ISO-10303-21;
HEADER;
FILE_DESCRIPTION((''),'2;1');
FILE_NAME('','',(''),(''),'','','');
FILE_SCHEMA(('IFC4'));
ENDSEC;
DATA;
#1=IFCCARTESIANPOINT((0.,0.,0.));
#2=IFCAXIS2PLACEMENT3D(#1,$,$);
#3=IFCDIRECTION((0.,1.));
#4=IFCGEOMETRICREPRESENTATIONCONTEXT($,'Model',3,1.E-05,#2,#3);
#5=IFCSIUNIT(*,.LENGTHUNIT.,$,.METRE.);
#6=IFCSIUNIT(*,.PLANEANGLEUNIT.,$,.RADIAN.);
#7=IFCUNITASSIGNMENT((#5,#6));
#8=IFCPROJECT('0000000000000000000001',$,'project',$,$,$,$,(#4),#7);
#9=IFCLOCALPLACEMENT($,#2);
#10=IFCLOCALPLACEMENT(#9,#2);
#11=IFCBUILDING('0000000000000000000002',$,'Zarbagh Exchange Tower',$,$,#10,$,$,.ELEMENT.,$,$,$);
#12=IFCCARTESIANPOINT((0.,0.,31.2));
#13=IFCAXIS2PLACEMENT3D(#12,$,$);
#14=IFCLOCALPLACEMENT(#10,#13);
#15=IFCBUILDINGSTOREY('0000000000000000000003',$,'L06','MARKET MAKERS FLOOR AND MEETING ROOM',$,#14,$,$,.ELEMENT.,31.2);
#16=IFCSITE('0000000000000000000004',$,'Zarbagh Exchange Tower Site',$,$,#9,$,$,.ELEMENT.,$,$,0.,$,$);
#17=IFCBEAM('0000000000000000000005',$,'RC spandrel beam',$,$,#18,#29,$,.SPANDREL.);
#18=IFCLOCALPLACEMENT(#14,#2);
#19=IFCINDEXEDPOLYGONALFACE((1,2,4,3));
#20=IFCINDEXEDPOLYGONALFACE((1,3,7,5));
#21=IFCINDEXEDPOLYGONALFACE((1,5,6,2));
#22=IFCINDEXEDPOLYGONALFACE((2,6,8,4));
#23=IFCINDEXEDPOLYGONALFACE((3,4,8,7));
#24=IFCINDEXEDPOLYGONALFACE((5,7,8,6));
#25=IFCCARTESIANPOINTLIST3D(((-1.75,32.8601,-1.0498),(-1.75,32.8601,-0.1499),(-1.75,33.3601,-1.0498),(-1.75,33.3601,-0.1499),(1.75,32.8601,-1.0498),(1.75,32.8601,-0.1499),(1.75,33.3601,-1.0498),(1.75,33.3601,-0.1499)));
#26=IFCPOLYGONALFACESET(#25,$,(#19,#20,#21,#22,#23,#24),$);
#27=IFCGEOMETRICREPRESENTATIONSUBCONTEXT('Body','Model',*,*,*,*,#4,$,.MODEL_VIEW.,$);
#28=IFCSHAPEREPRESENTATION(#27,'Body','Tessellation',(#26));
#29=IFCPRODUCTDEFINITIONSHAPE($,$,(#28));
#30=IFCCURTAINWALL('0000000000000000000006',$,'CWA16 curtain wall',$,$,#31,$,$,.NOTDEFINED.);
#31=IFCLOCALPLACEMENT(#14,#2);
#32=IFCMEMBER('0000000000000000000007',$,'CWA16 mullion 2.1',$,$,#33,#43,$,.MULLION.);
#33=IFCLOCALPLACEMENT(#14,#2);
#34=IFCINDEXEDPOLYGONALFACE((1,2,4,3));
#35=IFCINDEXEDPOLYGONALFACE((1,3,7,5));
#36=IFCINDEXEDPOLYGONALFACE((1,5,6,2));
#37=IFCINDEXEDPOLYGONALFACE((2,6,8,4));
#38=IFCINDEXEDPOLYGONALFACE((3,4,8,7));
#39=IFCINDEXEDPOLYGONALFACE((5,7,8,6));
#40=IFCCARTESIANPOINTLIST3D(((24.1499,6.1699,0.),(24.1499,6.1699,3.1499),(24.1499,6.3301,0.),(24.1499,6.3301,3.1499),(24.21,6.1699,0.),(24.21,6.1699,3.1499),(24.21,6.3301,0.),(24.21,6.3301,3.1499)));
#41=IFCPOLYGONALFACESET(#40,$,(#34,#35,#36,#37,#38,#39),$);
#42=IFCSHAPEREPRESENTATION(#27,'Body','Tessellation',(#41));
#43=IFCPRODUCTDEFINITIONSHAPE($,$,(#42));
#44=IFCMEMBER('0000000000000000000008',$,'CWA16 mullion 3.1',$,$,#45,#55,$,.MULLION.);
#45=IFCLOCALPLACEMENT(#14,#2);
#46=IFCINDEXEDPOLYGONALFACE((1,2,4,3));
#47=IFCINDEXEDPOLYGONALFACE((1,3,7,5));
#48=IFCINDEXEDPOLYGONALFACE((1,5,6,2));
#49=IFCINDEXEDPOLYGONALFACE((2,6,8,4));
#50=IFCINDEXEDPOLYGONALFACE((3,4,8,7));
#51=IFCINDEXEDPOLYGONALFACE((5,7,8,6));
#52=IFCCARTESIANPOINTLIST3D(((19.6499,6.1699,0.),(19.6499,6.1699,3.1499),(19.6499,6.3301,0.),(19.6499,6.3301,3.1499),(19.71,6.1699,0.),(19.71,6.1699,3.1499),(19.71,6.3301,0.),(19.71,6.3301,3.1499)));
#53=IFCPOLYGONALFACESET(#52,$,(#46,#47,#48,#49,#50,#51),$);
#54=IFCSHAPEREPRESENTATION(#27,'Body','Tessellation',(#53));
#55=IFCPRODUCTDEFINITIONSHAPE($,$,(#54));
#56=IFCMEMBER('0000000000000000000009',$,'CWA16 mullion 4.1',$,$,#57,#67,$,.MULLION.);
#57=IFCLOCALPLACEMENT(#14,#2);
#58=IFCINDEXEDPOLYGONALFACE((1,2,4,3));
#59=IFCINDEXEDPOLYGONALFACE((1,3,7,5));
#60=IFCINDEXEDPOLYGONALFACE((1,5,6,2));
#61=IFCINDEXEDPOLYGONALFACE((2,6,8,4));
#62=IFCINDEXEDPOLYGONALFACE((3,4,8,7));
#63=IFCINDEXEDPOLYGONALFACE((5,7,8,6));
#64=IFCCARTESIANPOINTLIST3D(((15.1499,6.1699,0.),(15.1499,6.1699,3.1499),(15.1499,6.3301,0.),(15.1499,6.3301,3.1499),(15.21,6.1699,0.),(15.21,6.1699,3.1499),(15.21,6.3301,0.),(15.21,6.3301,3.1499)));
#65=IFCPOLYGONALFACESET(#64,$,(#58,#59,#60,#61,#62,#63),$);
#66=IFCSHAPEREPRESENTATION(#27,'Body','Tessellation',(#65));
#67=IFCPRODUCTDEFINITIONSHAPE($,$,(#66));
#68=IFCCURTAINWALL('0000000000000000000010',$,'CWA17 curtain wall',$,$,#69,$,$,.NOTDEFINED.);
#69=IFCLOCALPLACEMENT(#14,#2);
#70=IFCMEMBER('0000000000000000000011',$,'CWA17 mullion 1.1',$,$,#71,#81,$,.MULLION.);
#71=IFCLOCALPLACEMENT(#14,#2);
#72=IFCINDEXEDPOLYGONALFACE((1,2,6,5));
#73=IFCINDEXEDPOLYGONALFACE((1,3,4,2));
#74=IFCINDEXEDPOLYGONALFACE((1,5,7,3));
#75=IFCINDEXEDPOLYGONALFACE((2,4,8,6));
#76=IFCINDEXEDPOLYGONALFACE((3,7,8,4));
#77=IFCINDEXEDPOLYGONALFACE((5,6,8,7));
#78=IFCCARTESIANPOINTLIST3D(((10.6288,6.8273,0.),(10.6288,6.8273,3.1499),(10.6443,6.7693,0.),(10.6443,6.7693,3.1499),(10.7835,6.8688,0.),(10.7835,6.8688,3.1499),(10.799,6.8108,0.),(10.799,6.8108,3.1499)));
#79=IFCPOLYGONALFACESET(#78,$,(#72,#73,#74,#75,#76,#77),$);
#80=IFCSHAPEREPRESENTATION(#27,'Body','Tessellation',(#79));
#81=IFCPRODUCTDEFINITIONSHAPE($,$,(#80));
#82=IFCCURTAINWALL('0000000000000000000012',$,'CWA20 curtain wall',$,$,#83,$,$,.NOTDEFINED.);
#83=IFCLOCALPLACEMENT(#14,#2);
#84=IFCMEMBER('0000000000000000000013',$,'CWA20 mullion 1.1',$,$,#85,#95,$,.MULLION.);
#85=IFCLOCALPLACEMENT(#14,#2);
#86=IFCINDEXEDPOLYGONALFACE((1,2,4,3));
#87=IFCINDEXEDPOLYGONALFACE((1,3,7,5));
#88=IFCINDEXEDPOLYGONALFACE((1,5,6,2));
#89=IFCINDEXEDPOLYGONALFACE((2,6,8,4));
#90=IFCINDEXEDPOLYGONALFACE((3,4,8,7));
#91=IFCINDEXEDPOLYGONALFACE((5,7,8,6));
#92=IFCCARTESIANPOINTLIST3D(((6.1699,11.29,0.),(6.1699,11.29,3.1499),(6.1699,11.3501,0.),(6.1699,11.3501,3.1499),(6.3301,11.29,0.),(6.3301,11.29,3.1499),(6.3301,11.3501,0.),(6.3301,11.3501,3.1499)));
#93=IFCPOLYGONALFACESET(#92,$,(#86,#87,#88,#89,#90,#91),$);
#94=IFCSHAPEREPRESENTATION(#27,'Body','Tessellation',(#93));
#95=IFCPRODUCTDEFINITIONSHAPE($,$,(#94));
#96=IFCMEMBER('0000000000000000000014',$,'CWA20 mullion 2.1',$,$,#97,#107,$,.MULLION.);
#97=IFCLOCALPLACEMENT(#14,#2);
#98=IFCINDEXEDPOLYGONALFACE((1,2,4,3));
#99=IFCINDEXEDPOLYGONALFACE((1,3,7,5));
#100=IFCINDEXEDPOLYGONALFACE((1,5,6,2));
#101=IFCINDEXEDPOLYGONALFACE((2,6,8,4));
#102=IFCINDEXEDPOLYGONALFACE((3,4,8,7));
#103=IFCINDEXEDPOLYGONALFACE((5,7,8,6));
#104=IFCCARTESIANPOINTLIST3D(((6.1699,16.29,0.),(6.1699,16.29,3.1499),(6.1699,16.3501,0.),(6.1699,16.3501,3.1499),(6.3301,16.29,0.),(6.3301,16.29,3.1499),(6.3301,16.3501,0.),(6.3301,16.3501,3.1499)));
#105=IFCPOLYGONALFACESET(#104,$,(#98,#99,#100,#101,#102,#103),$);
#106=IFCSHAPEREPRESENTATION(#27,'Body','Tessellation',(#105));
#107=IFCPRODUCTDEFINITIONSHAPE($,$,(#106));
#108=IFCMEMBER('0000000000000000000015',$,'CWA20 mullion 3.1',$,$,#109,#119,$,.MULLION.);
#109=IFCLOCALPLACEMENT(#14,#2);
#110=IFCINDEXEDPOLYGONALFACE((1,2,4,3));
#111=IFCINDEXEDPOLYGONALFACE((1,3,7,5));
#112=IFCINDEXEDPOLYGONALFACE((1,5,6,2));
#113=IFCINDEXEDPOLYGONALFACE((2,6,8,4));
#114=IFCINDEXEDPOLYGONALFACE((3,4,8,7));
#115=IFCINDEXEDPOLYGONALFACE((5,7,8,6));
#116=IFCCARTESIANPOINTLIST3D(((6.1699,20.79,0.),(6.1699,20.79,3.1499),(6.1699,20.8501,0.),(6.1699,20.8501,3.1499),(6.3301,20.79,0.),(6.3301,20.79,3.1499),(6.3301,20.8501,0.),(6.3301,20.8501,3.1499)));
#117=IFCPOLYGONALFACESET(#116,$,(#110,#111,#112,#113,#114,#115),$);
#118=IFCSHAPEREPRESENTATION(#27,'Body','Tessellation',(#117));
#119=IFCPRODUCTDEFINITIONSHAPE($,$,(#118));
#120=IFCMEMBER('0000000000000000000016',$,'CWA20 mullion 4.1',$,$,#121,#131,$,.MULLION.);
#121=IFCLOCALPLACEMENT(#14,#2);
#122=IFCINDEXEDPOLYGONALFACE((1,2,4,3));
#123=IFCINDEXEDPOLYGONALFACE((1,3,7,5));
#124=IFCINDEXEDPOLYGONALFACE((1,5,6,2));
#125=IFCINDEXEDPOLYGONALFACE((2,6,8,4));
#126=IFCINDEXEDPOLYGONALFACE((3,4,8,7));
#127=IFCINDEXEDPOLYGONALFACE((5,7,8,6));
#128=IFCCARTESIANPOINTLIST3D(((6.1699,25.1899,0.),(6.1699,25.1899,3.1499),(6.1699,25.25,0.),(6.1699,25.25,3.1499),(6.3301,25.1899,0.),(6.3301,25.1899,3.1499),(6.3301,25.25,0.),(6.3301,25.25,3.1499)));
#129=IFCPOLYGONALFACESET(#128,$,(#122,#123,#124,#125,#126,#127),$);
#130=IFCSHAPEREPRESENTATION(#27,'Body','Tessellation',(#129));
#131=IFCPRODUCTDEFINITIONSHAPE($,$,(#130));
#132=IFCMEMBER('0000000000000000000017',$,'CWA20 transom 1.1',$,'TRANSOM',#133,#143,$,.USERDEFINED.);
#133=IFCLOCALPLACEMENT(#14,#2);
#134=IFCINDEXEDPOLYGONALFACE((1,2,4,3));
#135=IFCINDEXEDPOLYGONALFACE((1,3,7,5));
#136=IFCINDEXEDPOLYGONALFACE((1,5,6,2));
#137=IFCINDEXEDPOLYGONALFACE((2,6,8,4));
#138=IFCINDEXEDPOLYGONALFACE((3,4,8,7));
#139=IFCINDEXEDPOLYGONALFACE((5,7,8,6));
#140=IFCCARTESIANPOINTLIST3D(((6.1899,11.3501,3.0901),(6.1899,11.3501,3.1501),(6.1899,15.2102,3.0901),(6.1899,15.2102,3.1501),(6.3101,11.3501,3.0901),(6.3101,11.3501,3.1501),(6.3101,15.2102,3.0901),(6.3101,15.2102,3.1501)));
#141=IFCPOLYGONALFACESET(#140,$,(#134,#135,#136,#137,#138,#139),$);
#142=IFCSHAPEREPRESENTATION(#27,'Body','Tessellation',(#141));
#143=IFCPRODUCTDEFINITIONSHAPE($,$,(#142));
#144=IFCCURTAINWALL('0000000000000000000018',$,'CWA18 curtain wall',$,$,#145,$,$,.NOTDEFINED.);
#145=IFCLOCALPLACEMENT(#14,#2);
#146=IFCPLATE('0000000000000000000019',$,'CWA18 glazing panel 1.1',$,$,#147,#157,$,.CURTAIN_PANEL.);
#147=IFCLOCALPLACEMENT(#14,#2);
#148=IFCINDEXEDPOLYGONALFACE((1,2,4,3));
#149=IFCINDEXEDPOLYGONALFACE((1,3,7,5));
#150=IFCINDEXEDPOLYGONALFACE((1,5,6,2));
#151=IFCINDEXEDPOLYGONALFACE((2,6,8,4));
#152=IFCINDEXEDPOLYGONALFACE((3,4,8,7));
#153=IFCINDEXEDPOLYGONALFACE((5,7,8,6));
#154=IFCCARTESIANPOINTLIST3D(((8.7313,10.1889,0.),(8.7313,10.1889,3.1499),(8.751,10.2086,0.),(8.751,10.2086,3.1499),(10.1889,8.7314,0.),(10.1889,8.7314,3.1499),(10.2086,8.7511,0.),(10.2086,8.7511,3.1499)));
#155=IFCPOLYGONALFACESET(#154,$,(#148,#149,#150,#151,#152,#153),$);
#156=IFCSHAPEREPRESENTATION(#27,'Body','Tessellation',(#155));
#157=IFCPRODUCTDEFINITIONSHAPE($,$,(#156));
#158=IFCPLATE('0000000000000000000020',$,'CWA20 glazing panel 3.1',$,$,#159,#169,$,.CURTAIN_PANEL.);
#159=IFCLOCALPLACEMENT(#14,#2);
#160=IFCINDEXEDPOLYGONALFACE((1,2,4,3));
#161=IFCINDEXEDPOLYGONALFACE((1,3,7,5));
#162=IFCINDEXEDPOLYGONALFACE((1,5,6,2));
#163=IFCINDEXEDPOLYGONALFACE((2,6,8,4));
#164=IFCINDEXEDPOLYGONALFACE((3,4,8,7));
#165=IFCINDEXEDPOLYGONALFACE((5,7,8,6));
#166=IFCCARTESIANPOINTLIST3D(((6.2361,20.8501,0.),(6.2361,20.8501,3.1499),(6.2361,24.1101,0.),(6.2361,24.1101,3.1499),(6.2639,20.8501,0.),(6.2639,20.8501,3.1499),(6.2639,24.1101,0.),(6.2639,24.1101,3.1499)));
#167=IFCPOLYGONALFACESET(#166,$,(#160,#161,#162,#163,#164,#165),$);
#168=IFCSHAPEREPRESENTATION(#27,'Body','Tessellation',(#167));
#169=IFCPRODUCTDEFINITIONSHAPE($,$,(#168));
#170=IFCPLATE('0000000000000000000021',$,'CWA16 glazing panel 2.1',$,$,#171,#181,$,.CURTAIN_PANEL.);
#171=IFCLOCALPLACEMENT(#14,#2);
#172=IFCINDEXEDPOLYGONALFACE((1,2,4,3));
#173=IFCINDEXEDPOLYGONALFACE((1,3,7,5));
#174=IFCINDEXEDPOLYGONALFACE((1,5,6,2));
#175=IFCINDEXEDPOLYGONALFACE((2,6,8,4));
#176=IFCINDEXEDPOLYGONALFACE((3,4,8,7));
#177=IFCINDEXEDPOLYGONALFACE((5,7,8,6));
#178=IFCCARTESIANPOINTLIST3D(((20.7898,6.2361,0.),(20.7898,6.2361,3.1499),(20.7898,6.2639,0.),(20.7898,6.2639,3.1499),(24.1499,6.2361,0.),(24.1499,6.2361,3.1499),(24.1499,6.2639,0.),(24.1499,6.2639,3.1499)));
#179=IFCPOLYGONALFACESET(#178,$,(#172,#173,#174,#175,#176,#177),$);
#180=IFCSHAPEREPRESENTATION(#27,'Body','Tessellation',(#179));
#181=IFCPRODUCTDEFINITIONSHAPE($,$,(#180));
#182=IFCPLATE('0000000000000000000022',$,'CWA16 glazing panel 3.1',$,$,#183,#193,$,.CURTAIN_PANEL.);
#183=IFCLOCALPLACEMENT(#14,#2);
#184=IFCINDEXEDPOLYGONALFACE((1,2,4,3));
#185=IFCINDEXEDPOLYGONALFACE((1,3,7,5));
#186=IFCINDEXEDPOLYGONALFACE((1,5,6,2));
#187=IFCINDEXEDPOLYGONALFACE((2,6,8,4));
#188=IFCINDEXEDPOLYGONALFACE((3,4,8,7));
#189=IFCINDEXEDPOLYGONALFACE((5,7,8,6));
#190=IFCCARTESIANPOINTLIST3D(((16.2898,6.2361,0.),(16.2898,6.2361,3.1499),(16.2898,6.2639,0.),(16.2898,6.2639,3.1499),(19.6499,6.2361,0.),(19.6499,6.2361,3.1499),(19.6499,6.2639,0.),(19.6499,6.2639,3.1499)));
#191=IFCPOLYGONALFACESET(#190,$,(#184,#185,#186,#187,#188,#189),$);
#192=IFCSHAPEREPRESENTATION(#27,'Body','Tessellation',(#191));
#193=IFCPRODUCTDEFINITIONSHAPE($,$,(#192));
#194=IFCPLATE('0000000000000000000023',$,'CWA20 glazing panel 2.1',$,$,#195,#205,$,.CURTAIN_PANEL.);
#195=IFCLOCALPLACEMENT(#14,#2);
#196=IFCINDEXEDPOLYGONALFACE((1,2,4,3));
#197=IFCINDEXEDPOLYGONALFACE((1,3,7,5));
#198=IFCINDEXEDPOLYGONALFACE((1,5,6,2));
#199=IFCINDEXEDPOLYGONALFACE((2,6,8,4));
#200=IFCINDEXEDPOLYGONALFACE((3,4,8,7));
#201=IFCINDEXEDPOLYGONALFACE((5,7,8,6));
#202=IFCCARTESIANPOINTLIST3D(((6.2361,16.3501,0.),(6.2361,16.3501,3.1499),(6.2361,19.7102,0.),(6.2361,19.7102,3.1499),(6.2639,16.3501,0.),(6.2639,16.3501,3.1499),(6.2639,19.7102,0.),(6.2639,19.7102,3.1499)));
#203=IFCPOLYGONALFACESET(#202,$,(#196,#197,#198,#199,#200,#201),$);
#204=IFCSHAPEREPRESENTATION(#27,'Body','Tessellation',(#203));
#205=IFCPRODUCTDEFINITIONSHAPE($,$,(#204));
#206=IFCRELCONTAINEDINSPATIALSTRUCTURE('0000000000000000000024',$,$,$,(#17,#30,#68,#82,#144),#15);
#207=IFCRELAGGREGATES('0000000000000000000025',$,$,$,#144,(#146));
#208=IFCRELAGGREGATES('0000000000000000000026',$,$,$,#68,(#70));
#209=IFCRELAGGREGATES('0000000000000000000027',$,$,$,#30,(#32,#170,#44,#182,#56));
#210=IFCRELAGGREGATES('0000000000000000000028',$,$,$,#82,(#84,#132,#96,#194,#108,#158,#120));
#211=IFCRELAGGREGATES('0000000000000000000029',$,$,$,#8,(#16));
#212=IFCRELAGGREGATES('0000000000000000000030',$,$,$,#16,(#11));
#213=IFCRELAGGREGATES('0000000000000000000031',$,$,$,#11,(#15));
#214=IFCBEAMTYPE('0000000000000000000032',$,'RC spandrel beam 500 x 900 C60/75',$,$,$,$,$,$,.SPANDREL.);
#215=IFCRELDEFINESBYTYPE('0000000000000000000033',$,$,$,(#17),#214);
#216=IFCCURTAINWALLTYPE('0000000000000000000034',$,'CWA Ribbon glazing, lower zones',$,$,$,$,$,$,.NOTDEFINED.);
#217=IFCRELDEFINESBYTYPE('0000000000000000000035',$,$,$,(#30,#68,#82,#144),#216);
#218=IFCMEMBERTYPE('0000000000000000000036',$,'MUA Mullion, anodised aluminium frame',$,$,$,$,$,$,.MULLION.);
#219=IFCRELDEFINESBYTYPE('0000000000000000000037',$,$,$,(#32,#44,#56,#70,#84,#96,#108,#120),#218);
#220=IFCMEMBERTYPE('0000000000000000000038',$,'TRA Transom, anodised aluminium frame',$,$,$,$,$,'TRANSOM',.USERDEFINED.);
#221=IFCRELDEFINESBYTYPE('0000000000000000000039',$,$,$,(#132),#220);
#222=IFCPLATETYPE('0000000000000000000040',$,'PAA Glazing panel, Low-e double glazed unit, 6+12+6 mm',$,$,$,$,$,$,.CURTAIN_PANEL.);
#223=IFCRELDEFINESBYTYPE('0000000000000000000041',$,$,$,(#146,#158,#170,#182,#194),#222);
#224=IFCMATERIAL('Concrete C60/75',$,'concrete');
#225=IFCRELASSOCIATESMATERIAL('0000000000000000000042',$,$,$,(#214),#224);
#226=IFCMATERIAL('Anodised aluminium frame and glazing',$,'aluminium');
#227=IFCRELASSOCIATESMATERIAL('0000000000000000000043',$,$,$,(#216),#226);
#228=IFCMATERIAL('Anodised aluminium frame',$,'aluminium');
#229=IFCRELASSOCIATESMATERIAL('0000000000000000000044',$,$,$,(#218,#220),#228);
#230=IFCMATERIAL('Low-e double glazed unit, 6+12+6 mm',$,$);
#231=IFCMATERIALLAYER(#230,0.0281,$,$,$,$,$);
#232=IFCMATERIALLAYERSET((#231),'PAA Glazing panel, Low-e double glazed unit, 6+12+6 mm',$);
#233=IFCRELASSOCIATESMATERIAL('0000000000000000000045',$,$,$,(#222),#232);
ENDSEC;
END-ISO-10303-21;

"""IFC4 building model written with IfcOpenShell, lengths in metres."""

from ifc_helpers import new_model, si_unit, direction, frame, origin, origin_2d, place, context, subcontext, project, spatial, polyline, rectangle, outline, extrude, source, transform, mapped, material, layer, layer_set, material_profile, profile_set, type_object, element, aggregate, save


model = new_model("IFC4")

# Units and contexts
model_context = context("Model", 3, precision=1e-05, world=origin(), true_north=direction((0.0, 1.0)))
body_context = subcontext(model_context, "Body", "Model", "MODEL_VIEW")
ifc_project = project(units=[si_unit("LENGTHUNIT", "METRE"), si_unit("PLANEANGLEUNIT", "RADIAN")], contexts=[model_context])

# Site, building, storey
site_placement = place(None, origin())
site = spatial("IfcSite", under=ifc_project, at=site_placement, Name="Zarbagh Exchange Tower Site", CompositionType="ELEMENT", RefElevation=0.0)
building_placement = place(site_placement, origin())
building = spatial("IfcBuilding", under=site, at=building_placement, Name="Zarbagh Exchange Tower", CompositionType="ELEMENT")
storey_placement = place(building_placement, frame((0.0, 0.0, 31.2)))
storey = spatial("IfcBuildingStorey", under=building, at=storey_placement, Name="L06", Description="MARKET MAKERS FLOOR AND MEETING ROOM", CompositionType="ELEMENT", Elevation=31.2)

# Beam
ifc_material_1 = material(Name="Concrete C60/75", Category="concrete")
ifc_material_profile = material_profile(ifc_material_1, rectangle(XDim=0.5, YDim=0.8999, at=origin_2d()), Name="RC spandrel beam 500 x 900 C60/75")
ifc_profile_set = profile_set([ifc_material_profile], Name="Concrete C60/75")
beam_type = type_object("IfcBeamType", Name="RC spandrel beam 500 x 900 C60/75", PredefinedType="SPANDREL", material=ifc_profile_set)
beam_placement = place(storey_placement, frame((-1.75, 33.1101, -0.5999), z_axis=(1.0, 0.0, 0.0), x_axis=(0.0, 1.0, 0.0)))
element("IfcBeam", 1, at=beam_placement, inside=storey, type_object=beam_type, Name="RC spandrel beam", PredefinedType="SPANDREL", context=body_context, shape_type="SweptSolid", body=[
    extrude(rectangle(XDim=0.5, YDim=0.8999, at=origin_2d()), origin(), (0.0, 0.0, 1.0), 3.5),
])

# Curtain wall, members
ifc_material_2 = material(Name="Anodised aluminium frame and glazing", Category="aluminium")
curtain_wall_type = type_object("IfcCurtainWallType", Name="CWA Ribbon glazing, lower zones", PredefinedType="NOTDEFINED", material=ifc_material_2)
curtain_wall_1_placement = place(storey_placement, origin())
curtain_wall_1 = element("IfcCurtainWall", 2, at=curtain_wall_1_placement, inside=storey, type_object=curtain_wall_type, Name="CWA16 curtain wall", PredefinedType="NOTDEFINED")
ifc_material_3 = material(Name="Anodised aluminium frame", Category="aluminium")
member_type_1 = type_object("IfcMemberType", Name="MUA Mullion, anodised aluminium frame", PredefinedType="MULLION", material=ifc_material_3)
shared_shape_1 = source(origin(), body_context, "Body", "SweptSolid", [
    extrude(outline(polyline([(0.0, -0.0801), (0.0601, -0.0801), (0.0601, 0.0801), (0.0, 0.0801), (0.0, -0.0801)])), origin(), (0.0, 0.0, 1.0), 3.1499),
])
placement = place(storey_placement, origin())
member_1 = element("IfcMember", 3, at=placement, type_object=member_type_1, Name="CWA16 mullion 2.1", PredefinedType="MULLION", context=body_context, shape_type="MappedRepresentation", body=[
    mapped(shared_shape_1, transform((24.21, 6.25, 0.0), x_axis=(-1.0, 0.0, 0.0), y_axis=(0.0, -1.0, 0.0), z_axis=(0.0, 0.0, 1.0))),
])
member_2 = element("IfcMember", 4, at=placement, type_object=member_type_1, Name="CWA16 mullion 3.1", PredefinedType="MULLION", context=body_context, shape_type="MappedRepresentation", body=[
    mapped(shared_shape_1, transform((19.71, 6.25, 0.0), x_axis=(-1.0, 0.0, 0.0), y_axis=(0.0, -1.0, 0.0), z_axis=(0.0, 0.0, 1.0))),
])
member_3 = element("IfcMember", 5, at=placement, type_object=member_type_1, Name="CWA16 mullion 4.1", PredefinedType="MULLION", context=body_context, shape_type="MappedRepresentation", body=[
    mapped(shared_shape_1, transform((15.21, 6.25, 0.0), x_axis=(-1.0, 0.0, 0.0), y_axis=(0.0, -1.0, 0.0), z_axis=(0.0, 0.0, 1.0))),
])

# Curtain wall, member
curtain_wall_2_placement = place(storey_placement, origin())
curtain_wall_2 = element("IfcCurtainWall", 6, at=curtain_wall_2_placement, inside=storey, type_object=curtain_wall_type, Name="CWA17 curtain wall", PredefinedType="NOTDEFINED")
member_4 = element("IfcMember", 7, at=placement, type_object=member_type_1, Name="CWA17 mullion 1.1", PredefinedType="MULLION", context=body_context, shape_type="MappedRepresentation", body=[
    mapped(shared_shape_1, transform((10.7217, 6.79, 0.0), x_axis=(-0.258825, 0.965924, 0.0), y_axis=(-0.965924, -0.258825, 0.0), z_axis=(0.0, 0.0, 1.0))),
])

# Curtain wall, members
curtain_wall_3_placement = place(storey_placement, origin())
curtain_wall_3 = element("IfcCurtainWall", 8, at=curtain_wall_3_placement, inside=storey, type_object=curtain_wall_type, Name="CWA20 curtain wall", PredefinedType="NOTDEFINED")
member_5 = element("IfcMember", 9, at=placement, type_object=member_type_1, Name="CWA20 mullion 1.1", PredefinedType="MULLION", context=body_context, shape_type="MappedRepresentation", body=[
    mapped(shared_shape_1, transform((6.25, 11.29, 0.0), x_axis=(0.0, 1.0, 0.0), y_axis=(-1.0, 0.0, 0.0), z_axis=(0.0, 0.0, 1.0))),
])
member_6 = element("IfcMember", 10, at=placement, type_object=member_type_1, Name="CWA20 mullion 2.1", PredefinedType="MULLION", context=body_context, shape_type="MappedRepresentation", body=[
    mapped(shared_shape_1, transform((6.25, 16.29, 0.0), x_axis=(0.0, 1.0, 0.0), y_axis=(-1.0, 0.0, 0.0), z_axis=(0.0, 0.0, 1.0))),
])
member_7 = element("IfcMember", 11, at=placement, type_object=member_type_1, Name="CWA20 mullion 3.1", PredefinedType="MULLION", context=body_context, shape_type="MappedRepresentation", body=[
    mapped(shared_shape_1, transform((6.25, 20.79, 0.0), x_axis=(0.0, 1.0, 0.0), y_axis=(-1.0, 0.0, 0.0), z_axis=(0.0, 0.0, 1.0))),
])
member_8 = element("IfcMember", 12, at=placement, type_object=member_type_1, Name="CWA20 mullion 4.1", PredefinedType="MULLION", context=body_context, shape_type="MappedRepresentation", body=[
    mapped(shared_shape_1, transform((6.25, 25.1899, 0.0), x_axis=(0.0, 1.0, 0.0), y_axis=(-1.0, 0.0, 0.0), z_axis=(0.0, 0.0, 1.0))),
])
member_type_2 = type_object("IfcMemberType", Name="TRA Transom, anodised aluminium frame", ElementType="TRANSOM", PredefinedType="USERDEFINED", material=ifc_material_3)
shared_shape_2 = source(origin(), body_context, "Body", "SweptSolid", [
    extrude(outline(polyline([(-0.0601, -0.0601), (0.0, -0.0601), (0.0, 0.0601), (-0.0601, 0.0601), (-0.0601, -0.0601)])), origin(), (0.0, 0.0, 1.0), 3.8601),
])
member_9 = element("IfcMember", 13, at=placement, type_object=member_type_2, Name="CWA20 transom 1.1", ObjectType="TRANSOM", PredefinedType="USERDEFINED", context=body_context, shape_type="MappedRepresentation", body=[
    mapped(shared_shape_2, transform((6.25, 11.3501, 3.1501), x_axis=(0.0, 0.0, 1.0), y_axis=(1.0, 0.0, 0.0), z_axis=(0.0, 1.0, 0.0))),
])

# Curtain wall, plate
curtain_wall_4_placement = place(storey_placement, origin())
curtain_wall_4 = element("IfcCurtainWall", 14, at=curtain_wall_4_placement, inside=storey, type_object=curtain_wall_type, Name="CWA18 curtain wall", PredefinedType="NOTDEFINED")
ifc_material_4 = material(Name="Low-e double glazed unit, 6+12+6 mm")
ifc_layer_1 = layer(ifc_material_4, 0.0281)
ifc_layer_set_1 = layer_set([ifc_layer_1], Name="PAA Glazing panel, Low-e double glazed unit, 6+12+6 mm")
plate_type = type_object("IfcPlateType", Name="PAA Glazing panel, Low-e double glazed unit, 6+12+6 mm", PredefinedType="CURTAIN_PANEL", material=ifc_layer_set_1)
shared_shape_3 = source(origin(), body_context, "Body", "SweptSolid", [
    extrude(outline(polyline([(0.0, -0.0139), (2.0613, -0.0139), (2.0613, 0.0139), (0.0, 0.0139), (0.0, -0.0139)])), origin(), (0.0, 0.0, 1.0), 3.1499),
])
plate_1 = element("IfcPlate", 15, at=placement, type_object=plate_type, Name="CWA18 glazing panel 1.1", PredefinedType="CURTAIN_PANEL", context=body_context, shape_type="MappedRepresentation", body=[
    mapped(shared_shape_3, transform((10.1987, 8.7412, 0.0), x_axis=(-0.707107, 0.707107, 0.0), y_axis=(-0.707107, -0.707107, 0.0), z_axis=(0.0, 0.0, 1.0))),
])
aggregate(curtain_wall_4, [plate_1])

# Plates
shared_shape_4 = source(origin(), body_context, "Body", "SweptSolid", [
    extrude(outline(polyline([(0.0, -0.0139), (3.26, -0.0139), (3.26, 0.0139), (0.0, 0.0139), (0.0, -0.0139)])), origin(), (0.0, 0.0, 1.0), 3.1499),
])
plate_2 = element("IfcPlate", 16, at=placement, type_object=plate_type, Name="CWA20 glazing panel 3.1", PredefinedType="CURTAIN_PANEL", context=body_context, shape_type="MappedRepresentation", body=[
    mapped(shared_shape_4, transform((6.25, 20.8501, 0.0), x_axis=(0.0, 1.0, 0.0), y_axis=(-1.0, 0.0, 0.0), z_axis=(0.0, 0.0, 1.0))),
])
shared_shape_5 = source(origin(), body_context, "Body", "SweptSolid", [
    extrude(outline(polyline([(0.0, -0.0139), (3.3601, -0.0139), (3.3601, 0.0139), (0.0, 0.0139), (0.0, -0.0139)])), origin(), (0.0, 0.0, 1.0), 3.1499),
])
plate_3 = element("IfcPlate", 17, at=placement, type_object=plate_type, Name="CWA16 glazing panel 2.1", PredefinedType="CURTAIN_PANEL", context=body_context, shape_type="MappedRepresentation", body=[
    mapped(shared_shape_5, transform((24.1499, 6.25, 0.0), x_axis=(-1.0, 0.0, 0.0), y_axis=(0.0, -1.0, 0.0), z_axis=(0.0, 0.0, 1.0))),
])
plate_4 = element("IfcPlate", 18, at=placement, type_object=plate_type, Name="CWA16 glazing panel 3.1", PredefinedType="CURTAIN_PANEL", context=body_context, shape_type="MappedRepresentation", body=[
    mapped(shared_shape_5, transform((19.6499, 6.25, 0.0), x_axis=(-1.0, 0.0, 0.0), y_axis=(0.0, -1.0, 0.0), z_axis=(0.0, 0.0, 1.0))),
])
plate_5 = element("IfcPlate", 19, at=placement, type_object=plate_type, Name="CWA20 glazing panel 2.1", PredefinedType="CURTAIN_PANEL", context=body_context, shape_type="MappedRepresentation", body=[
    mapped(shared_shape_5, transform((6.25, 16.3501, 0.0), x_axis=(0.0, 1.0, 0.0), y_axis=(-1.0, 0.0, 0.0), z_axis=(0.0, 0.0, 1.0))),
])
aggregate(curtain_wall_2, [member_4])

aggregate(curtain_wall_1, [member_1, plate_3, member_2, plate_4, member_3])
aggregate(curtain_wall_3, [member_5, member_9, member_6, plate_5, member_7, plate_2, member_8])

save(model, "model.ifc")
